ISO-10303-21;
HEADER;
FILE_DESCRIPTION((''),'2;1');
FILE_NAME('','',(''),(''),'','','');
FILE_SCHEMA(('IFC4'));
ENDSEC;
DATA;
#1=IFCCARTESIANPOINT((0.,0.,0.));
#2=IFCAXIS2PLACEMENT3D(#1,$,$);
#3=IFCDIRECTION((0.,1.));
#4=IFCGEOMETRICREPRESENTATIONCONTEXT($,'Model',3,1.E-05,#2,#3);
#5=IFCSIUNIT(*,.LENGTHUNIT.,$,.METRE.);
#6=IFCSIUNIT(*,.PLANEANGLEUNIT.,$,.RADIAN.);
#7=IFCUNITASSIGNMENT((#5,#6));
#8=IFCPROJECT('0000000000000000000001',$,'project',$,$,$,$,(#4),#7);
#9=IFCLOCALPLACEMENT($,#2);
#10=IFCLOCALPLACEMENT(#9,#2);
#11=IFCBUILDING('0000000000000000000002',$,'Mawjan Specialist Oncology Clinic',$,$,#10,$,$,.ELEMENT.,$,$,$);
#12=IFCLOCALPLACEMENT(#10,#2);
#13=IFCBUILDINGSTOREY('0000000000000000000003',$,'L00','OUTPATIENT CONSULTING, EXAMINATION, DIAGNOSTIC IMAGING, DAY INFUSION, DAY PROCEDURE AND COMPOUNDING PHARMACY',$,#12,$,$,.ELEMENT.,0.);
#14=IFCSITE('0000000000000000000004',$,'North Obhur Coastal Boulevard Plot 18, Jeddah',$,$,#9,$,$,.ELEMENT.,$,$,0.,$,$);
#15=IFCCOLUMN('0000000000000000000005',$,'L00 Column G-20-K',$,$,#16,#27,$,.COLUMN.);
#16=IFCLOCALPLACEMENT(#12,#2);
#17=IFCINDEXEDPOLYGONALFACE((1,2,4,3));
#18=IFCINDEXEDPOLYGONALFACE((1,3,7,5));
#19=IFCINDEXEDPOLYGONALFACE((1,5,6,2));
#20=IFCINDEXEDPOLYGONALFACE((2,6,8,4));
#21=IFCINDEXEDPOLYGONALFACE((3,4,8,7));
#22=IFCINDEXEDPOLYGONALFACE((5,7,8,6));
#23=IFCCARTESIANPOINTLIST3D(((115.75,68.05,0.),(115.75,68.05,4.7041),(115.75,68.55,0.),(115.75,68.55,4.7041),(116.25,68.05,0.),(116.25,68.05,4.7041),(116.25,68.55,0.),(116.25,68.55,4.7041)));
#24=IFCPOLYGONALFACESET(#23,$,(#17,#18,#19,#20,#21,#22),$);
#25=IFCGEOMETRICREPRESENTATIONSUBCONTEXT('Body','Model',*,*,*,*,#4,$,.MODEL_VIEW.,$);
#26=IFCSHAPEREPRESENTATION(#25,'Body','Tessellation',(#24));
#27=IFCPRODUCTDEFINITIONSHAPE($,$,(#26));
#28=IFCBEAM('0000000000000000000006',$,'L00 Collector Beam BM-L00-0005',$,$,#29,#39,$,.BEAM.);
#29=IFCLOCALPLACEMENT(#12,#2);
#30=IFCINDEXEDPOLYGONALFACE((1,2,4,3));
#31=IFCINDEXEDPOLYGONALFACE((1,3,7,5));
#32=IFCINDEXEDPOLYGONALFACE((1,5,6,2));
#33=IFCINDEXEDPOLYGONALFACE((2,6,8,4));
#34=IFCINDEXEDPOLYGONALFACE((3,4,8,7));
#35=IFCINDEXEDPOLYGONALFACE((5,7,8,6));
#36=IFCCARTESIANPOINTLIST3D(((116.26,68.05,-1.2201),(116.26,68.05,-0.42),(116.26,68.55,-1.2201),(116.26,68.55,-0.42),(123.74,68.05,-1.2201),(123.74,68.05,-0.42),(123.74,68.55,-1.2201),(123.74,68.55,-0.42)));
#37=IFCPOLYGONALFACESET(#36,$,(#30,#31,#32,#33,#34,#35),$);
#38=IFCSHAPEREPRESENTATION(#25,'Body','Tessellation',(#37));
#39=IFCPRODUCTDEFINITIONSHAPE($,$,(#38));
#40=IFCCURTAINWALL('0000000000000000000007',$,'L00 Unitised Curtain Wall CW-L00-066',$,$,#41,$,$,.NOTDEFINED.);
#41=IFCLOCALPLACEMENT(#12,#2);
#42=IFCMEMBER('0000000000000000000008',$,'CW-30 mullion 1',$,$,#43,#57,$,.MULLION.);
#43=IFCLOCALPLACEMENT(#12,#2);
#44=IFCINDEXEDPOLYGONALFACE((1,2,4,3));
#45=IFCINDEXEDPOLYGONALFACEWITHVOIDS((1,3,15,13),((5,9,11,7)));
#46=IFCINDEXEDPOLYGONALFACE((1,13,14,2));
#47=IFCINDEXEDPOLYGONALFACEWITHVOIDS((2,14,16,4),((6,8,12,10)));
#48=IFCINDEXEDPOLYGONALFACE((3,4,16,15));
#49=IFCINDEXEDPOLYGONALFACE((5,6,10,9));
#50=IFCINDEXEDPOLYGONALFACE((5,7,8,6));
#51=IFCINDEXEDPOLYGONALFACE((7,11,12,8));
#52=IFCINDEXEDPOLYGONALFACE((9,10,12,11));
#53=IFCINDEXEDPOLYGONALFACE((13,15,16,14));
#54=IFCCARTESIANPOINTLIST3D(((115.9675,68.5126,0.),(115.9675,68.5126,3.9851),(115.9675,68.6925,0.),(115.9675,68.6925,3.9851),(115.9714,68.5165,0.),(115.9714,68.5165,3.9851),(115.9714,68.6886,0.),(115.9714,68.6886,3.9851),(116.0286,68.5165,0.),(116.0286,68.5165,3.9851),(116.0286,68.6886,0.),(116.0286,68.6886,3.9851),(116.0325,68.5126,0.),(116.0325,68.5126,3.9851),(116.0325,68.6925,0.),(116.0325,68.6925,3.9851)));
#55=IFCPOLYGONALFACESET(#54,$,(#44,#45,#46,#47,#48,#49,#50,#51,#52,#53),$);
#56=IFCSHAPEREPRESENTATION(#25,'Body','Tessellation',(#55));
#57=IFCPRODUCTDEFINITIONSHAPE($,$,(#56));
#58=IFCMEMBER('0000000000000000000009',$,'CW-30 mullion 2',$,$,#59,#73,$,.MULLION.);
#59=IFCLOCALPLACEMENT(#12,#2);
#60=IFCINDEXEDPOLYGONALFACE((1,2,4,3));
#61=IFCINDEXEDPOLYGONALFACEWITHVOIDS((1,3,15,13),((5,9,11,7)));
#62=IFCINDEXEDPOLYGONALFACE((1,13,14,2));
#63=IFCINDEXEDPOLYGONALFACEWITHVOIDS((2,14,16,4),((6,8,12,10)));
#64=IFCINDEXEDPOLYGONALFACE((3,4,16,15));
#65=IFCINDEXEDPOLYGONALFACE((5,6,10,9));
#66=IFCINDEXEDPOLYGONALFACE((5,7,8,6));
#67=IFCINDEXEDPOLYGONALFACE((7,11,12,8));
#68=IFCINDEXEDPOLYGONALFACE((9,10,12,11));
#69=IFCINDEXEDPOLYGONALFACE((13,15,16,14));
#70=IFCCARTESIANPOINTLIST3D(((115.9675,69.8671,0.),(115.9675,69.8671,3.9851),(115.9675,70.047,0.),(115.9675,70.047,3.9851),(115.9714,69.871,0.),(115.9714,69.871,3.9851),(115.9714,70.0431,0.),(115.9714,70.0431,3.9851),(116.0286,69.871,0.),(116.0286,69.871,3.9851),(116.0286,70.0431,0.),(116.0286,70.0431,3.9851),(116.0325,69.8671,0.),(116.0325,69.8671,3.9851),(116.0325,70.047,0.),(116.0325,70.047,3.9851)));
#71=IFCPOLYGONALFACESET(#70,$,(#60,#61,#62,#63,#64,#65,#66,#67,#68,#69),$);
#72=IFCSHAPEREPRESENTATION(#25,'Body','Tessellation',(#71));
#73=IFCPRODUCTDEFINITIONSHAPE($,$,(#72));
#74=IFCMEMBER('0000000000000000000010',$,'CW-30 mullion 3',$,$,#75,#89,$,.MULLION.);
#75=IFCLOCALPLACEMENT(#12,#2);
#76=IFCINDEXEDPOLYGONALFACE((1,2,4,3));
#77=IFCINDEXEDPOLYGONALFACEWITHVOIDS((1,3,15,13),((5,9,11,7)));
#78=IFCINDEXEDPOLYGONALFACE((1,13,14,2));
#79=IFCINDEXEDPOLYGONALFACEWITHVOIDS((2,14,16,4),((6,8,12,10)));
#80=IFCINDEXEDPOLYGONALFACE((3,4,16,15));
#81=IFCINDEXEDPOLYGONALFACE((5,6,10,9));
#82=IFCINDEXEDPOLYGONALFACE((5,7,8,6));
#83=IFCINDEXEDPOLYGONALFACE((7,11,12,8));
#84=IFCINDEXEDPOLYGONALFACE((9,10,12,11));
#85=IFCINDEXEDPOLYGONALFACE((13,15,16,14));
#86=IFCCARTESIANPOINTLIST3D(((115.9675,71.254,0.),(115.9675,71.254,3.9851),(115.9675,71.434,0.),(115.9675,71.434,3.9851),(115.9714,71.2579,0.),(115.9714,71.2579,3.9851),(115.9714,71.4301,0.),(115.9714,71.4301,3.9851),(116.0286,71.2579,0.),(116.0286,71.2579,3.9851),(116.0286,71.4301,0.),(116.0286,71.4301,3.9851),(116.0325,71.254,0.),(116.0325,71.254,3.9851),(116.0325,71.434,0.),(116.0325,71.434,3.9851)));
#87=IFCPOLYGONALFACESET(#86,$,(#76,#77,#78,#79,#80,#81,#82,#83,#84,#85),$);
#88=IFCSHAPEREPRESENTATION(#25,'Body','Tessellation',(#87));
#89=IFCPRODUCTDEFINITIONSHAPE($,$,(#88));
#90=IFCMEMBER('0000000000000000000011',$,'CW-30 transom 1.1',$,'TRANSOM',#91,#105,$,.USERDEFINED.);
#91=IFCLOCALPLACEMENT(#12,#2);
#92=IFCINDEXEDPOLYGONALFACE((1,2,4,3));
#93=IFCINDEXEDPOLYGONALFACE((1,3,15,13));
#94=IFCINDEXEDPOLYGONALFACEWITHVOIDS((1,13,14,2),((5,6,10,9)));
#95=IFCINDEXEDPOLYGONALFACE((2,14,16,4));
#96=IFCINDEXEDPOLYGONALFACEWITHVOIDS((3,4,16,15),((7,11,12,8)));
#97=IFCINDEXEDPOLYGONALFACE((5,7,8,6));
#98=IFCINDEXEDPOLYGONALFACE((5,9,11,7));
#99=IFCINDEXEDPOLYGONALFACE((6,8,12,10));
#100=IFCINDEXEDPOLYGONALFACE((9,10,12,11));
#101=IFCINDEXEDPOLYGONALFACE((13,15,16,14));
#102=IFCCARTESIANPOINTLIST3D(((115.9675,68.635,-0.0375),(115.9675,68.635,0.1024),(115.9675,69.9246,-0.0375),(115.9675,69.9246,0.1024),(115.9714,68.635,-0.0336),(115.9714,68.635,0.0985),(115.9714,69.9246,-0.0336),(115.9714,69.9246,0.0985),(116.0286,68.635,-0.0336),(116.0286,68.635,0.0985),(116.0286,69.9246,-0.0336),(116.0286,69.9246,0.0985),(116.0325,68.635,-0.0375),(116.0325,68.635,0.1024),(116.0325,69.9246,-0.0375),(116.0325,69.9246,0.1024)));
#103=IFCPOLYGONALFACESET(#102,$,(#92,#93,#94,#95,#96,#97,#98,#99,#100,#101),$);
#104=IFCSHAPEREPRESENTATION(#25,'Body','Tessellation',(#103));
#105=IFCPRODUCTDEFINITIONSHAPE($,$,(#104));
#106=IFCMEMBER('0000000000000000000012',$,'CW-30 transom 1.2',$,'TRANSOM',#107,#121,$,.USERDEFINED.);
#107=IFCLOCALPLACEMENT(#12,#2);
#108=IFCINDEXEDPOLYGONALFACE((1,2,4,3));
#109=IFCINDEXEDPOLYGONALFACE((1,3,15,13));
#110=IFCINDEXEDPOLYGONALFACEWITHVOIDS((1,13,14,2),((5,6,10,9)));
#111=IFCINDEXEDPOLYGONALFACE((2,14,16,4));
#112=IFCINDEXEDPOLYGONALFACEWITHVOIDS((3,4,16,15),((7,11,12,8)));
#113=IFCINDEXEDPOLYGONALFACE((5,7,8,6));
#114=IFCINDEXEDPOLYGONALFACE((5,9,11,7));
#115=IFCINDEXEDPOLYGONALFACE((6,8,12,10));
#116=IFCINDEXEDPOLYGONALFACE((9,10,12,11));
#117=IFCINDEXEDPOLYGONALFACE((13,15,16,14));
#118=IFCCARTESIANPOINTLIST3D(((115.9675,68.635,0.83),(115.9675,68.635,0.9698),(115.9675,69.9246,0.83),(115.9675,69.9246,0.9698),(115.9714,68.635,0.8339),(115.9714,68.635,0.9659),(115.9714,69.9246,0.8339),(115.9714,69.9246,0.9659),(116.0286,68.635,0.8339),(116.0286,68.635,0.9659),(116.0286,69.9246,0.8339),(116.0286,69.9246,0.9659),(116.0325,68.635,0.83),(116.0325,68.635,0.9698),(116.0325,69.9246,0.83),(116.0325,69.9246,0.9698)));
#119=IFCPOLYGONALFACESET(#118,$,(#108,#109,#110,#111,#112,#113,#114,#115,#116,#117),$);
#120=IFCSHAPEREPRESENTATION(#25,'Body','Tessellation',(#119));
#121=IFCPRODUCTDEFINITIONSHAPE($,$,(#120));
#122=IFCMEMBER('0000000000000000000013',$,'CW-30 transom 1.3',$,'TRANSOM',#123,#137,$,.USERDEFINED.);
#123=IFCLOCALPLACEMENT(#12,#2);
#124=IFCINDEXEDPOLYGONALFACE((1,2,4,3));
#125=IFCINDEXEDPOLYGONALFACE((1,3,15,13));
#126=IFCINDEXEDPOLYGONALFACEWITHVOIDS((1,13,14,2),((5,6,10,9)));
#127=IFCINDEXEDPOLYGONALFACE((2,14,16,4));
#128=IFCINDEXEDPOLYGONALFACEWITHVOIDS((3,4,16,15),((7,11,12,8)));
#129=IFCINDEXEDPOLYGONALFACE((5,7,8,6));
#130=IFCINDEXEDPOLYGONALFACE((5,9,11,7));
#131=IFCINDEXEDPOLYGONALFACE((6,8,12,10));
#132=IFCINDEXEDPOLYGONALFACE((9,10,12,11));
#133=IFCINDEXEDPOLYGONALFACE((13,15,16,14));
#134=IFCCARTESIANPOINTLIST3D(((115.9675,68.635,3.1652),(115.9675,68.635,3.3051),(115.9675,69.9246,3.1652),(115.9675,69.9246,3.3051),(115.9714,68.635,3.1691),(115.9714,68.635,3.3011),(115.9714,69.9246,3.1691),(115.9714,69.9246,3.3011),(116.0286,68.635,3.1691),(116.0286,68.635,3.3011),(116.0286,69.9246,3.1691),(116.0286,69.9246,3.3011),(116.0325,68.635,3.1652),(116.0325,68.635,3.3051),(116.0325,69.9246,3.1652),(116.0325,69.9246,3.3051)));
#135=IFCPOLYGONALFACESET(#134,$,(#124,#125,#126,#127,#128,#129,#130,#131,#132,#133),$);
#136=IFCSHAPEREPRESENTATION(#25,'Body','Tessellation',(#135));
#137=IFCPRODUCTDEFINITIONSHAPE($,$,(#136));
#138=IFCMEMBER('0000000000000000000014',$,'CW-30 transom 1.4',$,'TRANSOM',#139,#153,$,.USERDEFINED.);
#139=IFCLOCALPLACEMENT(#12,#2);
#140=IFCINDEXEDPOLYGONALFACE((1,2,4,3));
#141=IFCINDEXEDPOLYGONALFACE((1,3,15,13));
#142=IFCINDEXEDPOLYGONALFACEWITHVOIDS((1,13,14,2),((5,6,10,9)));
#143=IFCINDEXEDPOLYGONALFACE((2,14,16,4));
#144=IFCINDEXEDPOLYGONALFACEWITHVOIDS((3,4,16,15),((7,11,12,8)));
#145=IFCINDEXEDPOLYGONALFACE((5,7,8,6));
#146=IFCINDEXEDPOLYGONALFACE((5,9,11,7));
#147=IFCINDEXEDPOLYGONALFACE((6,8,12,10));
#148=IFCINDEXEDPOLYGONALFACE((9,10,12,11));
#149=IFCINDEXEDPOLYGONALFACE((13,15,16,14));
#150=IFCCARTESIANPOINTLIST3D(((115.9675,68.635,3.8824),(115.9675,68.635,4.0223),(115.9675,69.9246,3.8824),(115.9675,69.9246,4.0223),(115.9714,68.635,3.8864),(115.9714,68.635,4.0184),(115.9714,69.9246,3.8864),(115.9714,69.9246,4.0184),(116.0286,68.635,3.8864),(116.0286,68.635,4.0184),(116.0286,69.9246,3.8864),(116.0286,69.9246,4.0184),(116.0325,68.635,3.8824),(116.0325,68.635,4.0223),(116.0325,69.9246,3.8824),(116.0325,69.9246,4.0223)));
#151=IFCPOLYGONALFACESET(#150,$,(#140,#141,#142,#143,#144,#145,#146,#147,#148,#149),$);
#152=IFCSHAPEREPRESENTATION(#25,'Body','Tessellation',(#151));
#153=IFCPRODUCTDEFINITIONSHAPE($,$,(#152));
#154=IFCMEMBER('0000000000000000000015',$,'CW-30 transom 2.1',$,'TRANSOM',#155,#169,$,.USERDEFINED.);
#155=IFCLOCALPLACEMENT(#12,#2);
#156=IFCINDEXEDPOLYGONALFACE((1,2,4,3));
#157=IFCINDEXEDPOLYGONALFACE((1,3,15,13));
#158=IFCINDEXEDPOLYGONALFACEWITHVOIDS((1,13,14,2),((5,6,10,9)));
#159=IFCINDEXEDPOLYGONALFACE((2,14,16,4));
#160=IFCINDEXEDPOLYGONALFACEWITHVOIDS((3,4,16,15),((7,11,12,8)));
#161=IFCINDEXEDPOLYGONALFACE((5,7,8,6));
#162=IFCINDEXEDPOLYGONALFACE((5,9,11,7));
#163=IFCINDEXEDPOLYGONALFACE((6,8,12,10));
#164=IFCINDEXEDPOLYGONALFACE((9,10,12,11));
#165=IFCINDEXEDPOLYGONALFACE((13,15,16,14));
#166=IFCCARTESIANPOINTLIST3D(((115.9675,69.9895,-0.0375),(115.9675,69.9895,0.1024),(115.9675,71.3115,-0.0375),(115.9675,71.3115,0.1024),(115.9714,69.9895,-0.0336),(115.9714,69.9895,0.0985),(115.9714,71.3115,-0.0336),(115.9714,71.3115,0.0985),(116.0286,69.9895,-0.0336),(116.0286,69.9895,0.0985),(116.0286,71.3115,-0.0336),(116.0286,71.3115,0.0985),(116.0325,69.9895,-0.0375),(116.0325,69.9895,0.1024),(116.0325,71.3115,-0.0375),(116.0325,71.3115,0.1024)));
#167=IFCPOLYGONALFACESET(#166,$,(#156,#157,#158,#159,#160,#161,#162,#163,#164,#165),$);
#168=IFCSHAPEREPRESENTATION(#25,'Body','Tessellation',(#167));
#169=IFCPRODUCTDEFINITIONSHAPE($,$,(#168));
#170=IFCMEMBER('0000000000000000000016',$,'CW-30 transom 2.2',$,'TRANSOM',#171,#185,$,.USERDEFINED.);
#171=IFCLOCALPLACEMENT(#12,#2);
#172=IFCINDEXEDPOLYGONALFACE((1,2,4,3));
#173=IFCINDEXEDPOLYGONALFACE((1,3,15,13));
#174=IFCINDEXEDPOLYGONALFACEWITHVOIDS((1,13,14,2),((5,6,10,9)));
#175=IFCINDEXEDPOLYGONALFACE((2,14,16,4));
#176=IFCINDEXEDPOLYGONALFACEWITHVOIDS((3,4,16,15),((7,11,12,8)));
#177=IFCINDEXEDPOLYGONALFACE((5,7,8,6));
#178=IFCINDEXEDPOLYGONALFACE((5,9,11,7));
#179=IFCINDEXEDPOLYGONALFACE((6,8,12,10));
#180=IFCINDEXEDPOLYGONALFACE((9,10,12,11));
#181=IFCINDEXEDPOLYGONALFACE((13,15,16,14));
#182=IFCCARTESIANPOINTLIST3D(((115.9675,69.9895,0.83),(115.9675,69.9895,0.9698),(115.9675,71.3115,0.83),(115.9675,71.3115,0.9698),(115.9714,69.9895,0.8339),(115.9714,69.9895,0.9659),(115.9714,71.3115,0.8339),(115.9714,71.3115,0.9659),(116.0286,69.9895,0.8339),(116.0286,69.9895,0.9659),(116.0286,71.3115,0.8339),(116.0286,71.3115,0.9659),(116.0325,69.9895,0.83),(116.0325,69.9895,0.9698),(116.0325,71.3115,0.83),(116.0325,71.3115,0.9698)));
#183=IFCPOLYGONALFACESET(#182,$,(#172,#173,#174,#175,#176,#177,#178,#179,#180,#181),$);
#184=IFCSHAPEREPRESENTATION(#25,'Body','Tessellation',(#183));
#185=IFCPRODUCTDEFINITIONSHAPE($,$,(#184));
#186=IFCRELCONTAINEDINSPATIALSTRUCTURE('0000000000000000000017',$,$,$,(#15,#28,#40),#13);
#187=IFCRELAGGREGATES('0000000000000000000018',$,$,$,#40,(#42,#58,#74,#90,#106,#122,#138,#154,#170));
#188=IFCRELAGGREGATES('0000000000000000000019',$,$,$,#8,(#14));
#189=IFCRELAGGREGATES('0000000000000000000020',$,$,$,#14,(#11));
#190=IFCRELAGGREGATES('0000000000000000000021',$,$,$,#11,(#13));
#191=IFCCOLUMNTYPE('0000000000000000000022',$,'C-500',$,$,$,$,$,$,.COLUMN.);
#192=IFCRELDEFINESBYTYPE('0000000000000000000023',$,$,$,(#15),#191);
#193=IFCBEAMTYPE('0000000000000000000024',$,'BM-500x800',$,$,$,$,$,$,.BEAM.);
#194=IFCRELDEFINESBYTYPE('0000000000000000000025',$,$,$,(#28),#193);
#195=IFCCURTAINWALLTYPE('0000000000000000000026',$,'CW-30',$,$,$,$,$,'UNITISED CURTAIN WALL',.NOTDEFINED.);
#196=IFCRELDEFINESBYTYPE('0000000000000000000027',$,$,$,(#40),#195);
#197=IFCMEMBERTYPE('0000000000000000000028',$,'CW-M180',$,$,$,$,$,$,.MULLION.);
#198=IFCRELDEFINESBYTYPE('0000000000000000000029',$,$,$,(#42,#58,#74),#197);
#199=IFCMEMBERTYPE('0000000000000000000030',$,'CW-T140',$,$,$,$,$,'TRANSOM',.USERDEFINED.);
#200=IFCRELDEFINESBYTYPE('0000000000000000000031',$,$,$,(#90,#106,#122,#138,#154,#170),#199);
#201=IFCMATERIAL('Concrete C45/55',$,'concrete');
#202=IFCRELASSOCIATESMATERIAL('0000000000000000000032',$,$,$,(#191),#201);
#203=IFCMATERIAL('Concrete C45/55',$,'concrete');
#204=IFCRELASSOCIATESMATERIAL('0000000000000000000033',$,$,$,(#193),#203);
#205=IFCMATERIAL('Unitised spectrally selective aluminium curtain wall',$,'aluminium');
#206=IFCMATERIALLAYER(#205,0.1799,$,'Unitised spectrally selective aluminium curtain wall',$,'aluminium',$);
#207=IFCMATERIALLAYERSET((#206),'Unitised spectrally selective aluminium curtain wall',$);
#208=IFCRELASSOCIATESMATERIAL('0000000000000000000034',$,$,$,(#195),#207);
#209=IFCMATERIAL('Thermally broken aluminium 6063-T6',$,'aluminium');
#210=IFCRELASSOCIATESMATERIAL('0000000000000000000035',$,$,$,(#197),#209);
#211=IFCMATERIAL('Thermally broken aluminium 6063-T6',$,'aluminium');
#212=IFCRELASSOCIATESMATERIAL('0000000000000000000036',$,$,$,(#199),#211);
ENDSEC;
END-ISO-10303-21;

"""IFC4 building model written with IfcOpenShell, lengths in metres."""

from ifc_helpers import new_model, si_unit, direction, frame, origin, origin_2d, place, context, subcontext, project, spatial, rectangle, hollow_rectangle, extrude, material, layer, layer_set, material_profile, profile_set, type_object, element, aggregate, save


model = new_model("IFC4")

# Units and contexts
model_context = context("Model", 3, precision=1e-05, world=origin(), true_north=direction((0.0, 1.0)))
body_context = subcontext(model_context, "Body", "Model", "MODEL_VIEW")
ifc_project = project(units=[si_unit("LENGTHUNIT", "METRE"), si_unit("PLANEANGLEUNIT", "RADIAN")], contexts=[model_context])

# Site, building, storey
site_placement = place(None, origin())
site = spatial("IfcSite", under=ifc_project, at=site_placement, Name="North Obhur Coastal Boulevard Plot 18, Jeddah", CompositionType="ELEMENT", RefElevation=0.0)
building_placement = place(site_placement, origin())
building = spatial("IfcBuilding", under=site, at=building_placement, Name="Mawjan Specialist Oncology Clinic", CompositionType="ELEMENT")
storey_placement = place(building_placement, origin())
storey = spatial("IfcBuildingStorey", under=building, at=storey_placement, Name="L00", Description="OUTPATIENT CONSULTING, EXAMINATION, DIAGNOSTIC IMAGING, DAY INFUSION, DAY PROCEDURE AND COMPOUNDING PHARMACY", CompositionType="ELEMENT", Elevation=0.0)

# Column
ifc_material_1 = material(Name="Concrete C45/55", Category="concrete")
ifc_material_profile_1 = material_profile(ifc_material_1, rectangle(XDim=0.5, YDim=0.5, at=origin_2d()), Name="RC COL 500x500", Category="concrete")
ifc_profile_set_1 = profile_set([ifc_material_profile_1], Name="Concrete C45/55")
column_type = type_object("IfcColumnType", Name="C-500", PredefinedType="COLUMN", material=ifc_profile_set_1)
column_placement = place(storey_placement, frame((116.0, 68.3, 0.0), z_axis=(0.0, 0.0, 1.0), x_axis=(1.0, 0.0, 0.0)))
element("IfcColumn", 1, at=column_placement, inside=storey, type_object=column_type, Name="L00 Column G-20-K", PredefinedType="COLUMN", context=body_context, shape_type="SweptSolid", body=[
    extrude(rectangle(XDim=0.5, YDim=0.5, at=origin_2d()), origin(), (0.0, 0.0, 1.0), 4.7041),
])

# Beam
ifc_material_2 = material(Name="Concrete C45/55", Category="concrete")
ifc_material_profile_2 = material_profile(ifc_material_2, rectangle(XDim=0.5, YDim=0.8, at=origin_2d()), Name="RC BM 500x800", Category="concrete")
ifc_profile_set_2 = profile_set([ifc_material_profile_2], Name="Concrete C45/55")
beam_type_1 = type_object("IfcBeamType", Name="BM-500x800", PredefinedType="BEAM", material=ifc_profile_set_2)
beam_1_placement = place(storey_placement, frame((116.26, 68.3, -0.8201), z_axis=(1.0, 0.0, 0.0), x_axis=(0.0, 1.0, 0.0)))
element("IfcBeam", 2, at=beam_1_placement, inside=storey, type_object=beam_type_1, Name="L00 Collector Beam BM-L00-0005", PredefinedType="BEAM", context=body_context, shape_type="SweptSolid", body=[
    extrude(rectangle(XDim=0.5, YDim=0.8, at=origin_2d()), origin(), (0.0, 0.0, 1.0), 7.48),
])

# Curtain wall, members
ifc_material_3 = material(Name="Unitised spectrally selective aluminium curtain wall", Category="aluminium")
ifc_layer_1 = layer(ifc_material_3, 0.1799, Name="Unitised spectrally selective aluminium curtain wall", Category="aluminium")
ifc_layer_set_1 = layer_set([ifc_layer_1], Name="Unitised spectrally selective aluminium curtain wall")
curtain_wall_type = type_object("IfcCurtainWallType", Name="CW-30", ElementType="UNITISED CURTAIN WALL", PredefinedType="NOTDEFINED", material=ifc_layer_set_1)
curtain_wall_placement = place(storey_placement, origin())
curtain_wall = element("IfcCurtainWall", 3, at=curtain_wall_placement, inside=storey, type_object=curtain_wall_type, Name="L00 Unitised Curtain Wall CW-L00-066", PredefinedType="NOTDEFINED")
ifc_material_4 = material(Name="Thermally broken aluminium 6063-T6", Category="aluminium")
ifc_material_profile_3 = material_profile(ifc_material_4, hollow_rectangle(XDim=0.0649, YDim=0.1799, WallThickness=0.0039, at=origin_2d()), Name="ALU MULLION 180x65x4", Category="aluminium")
ifc_profile_set_3 = profile_set([ifc_material_profile_3], Name="Thermally broken aluminium 6063-T6")
member_type_1 = type_object("IfcMemberType", Name="CW-M180", PredefinedType="MULLION", material=ifc_profile_set_3)
member_1_placement = place(storey_placement, frame((116.0, 68.6025, 0.0), z_axis=(0.0, 0.0, 1.0), x_axis=(-1.0, 0.0, 0.0)))
member_1 = element("IfcMember", 4, at=member_1_placement, type_object=member_type_1, Name="CW-30 mullion 1", PredefinedType="MULLION", context=body_context, shape_type="SweptSolid", body=[
    extrude(hollow_rectangle(XDim=0.0649, YDim=0.1799, WallThickness=0.0039, at=origin_2d()), origin(), (0.0, 0.0, 1.0), 3.9851),
])
member_2_placement = place(storey_placement, frame((116.0, 69.957, 0.0), z_axis=(0.0, 0.0, 1.0), x_axis=(-1.0, 0.0, 0.0)))
member_2 = element("IfcMember", 5, at=member_2_placement, type_object=member_type_1, Name="CW-30 mullion 2", PredefinedType="MULLION", context=body_context, shape_type="SweptSolid", body=[
    extrude(hollow_rectangle(XDim=0.0649, YDim=0.1799, WallThickness=0.0039, at=origin_2d()), origin(), (0.0, 0.0, 1.0), 3.9851),
])
member_3_placement = place(storey_placement, frame((116.0, 71.344, 0.0), z_axis=(0.0, 0.0, 1.0), x_axis=(-1.0, 0.0, 0.0)))
member_3 = element("IfcMember", 6, at=member_3_placement, type_object=member_type_1, Name="CW-30 mullion 3", PredefinedType="MULLION", context=body_context, shape_type="SweptSolid", body=[
    extrude(hollow_rectangle(XDim=0.0649, YDim=0.1799, WallThickness=0.0039, at=origin_2d()), origin(), (0.0, 0.0, 1.0), 3.9851),
])
ifc_material_5 = material(Name="Thermally broken aluminium 6063-T6", Category="aluminium")
ifc_material_profile_4 = material_profile(ifc_material_5, hollow_rectangle(XDim=0.0649, YDim=0.1399, WallThickness=0.0039, at=origin_2d()), Name="ALU TRANSOM 140x65x4", Category="aluminium")
ifc_profile_set_4 = profile_set([ifc_material_profile_4], Name="Thermally broken aluminium 6063-T6")
member_type_2 = type_object("IfcMemberType", Name="CW-T140", ElementType="TRANSOM", PredefinedType="USERDEFINED", material=ifc_profile_set_4)
member_4_placement = place(storey_placement, frame((116.0, 68.635, 0.0325), z_axis=(0.0, 1.0, 0.0), x_axis=(-1.0, 0.0, 0.0)))
member_4 = element("IfcMember", 7, at=member_4_placement, type_object=member_type_2, Name="CW-30 transom 1.1", ObjectType="TRANSOM", PredefinedType="USERDEFINED", context=body_context, shape_type="SweptSolid", body=[
    extrude(hollow_rectangle(XDim=0.0649, YDim=0.1399, WallThickness=0.0039, at=origin_2d()), origin(), (0.0, 0.0, 1.0), 1.2896),
])
member_5_placement = place(storey_placement, frame((116.0, 68.635, 0.8999), z_axis=(0.0, 1.0, 0.0), x_axis=(-1.0, 0.0, 0.0)))
member_5 = element("IfcMember", 8, at=member_5_placement, type_object=member_type_2, Name="CW-30 transom 1.2", ObjectType="TRANSOM", PredefinedType="USERDEFINED", context=body_context, shape_type="SweptSolid", body=[
    extrude(hollow_rectangle(XDim=0.0649, YDim=0.1399, WallThickness=0.0039, at=origin_2d()), origin(), (0.0, 0.0, 1.0), 1.2896),
])
member_6_placement = place(storey_placement, frame((116.0, 68.635, 3.2351), z_axis=(0.0, 1.0, 0.0), x_axis=(-1.0, 0.0, 0.0)))
member_6 = element("IfcMember", 9, at=member_6_placement, type_object=member_type_2, Name="CW-30 transom 1.3", ObjectType="TRANSOM", PredefinedType="USERDEFINED", context=body_context, shape_type="SweptSolid", body=[
    extrude(hollow_rectangle(XDim=0.0649, YDim=0.1399, WallThickness=0.0039, at=origin_2d()), origin(), (0.0, 0.0, 1.0), 1.2896),
])
member_7_placement = place(storey_placement, frame((116.0, 68.635, 3.9524), z_axis=(0.0, 1.0, 0.0), x_axis=(-1.0, 0.0, 0.0)))
member_7 = element("IfcMember", 10, at=member_7_placement, type_object=member_type_2, Name="CW-30 transom 1.4", ObjectType="TRANSOM", PredefinedType="USERDEFINED", context=body_context, shape_type="SweptSolid", body=[
    extrude(hollow_rectangle(XDim=0.0649, YDim=0.1399, WallThickness=0.0039, at=origin_2d()), origin(), (0.0, 0.0, 1.0), 1.2896),
])
member_8_placement = place(storey_placement, frame((116.0, 69.9895, 0.0325), z_axis=(0.0, 1.0, 0.0), x_axis=(-1.0, 0.0, 0.0)))
member_8 = element("IfcMember", 11, at=member_8_placement, type_object=member_type_2, Name="CW-30 transom 2.1", ObjectType="TRANSOM", PredefinedType="USERDEFINED", context=body_context, shape_type="SweptSolid", body=[
    extrude(hollow_rectangle(XDim=0.0649, YDim=0.1399, WallThickness=0.0039, at=origin_2d()), origin(), (0.0, 0.0, 1.0), 1.322),
])
member_9_placement = place(storey_placement, frame((116.0, 69.9895, 0.8999), z_axis=(0.0, 1.0, 0.0), x_axis=(-1.0, 0.0, 0.0)))
member_9 = element("IfcMember", 12, at=member_9_placement, type_object=member_type_2, Name="CW-30 transom 2.2", ObjectType="TRANSOM", PredefinedType="USERDEFINED", context=body_context, shape_type="SweptSolid", body=[
    extrude(hollow_rectangle(XDim=0.0649, YDim=0.1399, WallThickness=0.0039, at=origin_2d()), origin(), (0.0, 0.0, 1.0), 1.322),
])

aggregate(curtain_wall, [member_1, member_2, member_3, member_4, member_5, member_6, member_7, member_8, member_9])

save(model, "model.ifc")
